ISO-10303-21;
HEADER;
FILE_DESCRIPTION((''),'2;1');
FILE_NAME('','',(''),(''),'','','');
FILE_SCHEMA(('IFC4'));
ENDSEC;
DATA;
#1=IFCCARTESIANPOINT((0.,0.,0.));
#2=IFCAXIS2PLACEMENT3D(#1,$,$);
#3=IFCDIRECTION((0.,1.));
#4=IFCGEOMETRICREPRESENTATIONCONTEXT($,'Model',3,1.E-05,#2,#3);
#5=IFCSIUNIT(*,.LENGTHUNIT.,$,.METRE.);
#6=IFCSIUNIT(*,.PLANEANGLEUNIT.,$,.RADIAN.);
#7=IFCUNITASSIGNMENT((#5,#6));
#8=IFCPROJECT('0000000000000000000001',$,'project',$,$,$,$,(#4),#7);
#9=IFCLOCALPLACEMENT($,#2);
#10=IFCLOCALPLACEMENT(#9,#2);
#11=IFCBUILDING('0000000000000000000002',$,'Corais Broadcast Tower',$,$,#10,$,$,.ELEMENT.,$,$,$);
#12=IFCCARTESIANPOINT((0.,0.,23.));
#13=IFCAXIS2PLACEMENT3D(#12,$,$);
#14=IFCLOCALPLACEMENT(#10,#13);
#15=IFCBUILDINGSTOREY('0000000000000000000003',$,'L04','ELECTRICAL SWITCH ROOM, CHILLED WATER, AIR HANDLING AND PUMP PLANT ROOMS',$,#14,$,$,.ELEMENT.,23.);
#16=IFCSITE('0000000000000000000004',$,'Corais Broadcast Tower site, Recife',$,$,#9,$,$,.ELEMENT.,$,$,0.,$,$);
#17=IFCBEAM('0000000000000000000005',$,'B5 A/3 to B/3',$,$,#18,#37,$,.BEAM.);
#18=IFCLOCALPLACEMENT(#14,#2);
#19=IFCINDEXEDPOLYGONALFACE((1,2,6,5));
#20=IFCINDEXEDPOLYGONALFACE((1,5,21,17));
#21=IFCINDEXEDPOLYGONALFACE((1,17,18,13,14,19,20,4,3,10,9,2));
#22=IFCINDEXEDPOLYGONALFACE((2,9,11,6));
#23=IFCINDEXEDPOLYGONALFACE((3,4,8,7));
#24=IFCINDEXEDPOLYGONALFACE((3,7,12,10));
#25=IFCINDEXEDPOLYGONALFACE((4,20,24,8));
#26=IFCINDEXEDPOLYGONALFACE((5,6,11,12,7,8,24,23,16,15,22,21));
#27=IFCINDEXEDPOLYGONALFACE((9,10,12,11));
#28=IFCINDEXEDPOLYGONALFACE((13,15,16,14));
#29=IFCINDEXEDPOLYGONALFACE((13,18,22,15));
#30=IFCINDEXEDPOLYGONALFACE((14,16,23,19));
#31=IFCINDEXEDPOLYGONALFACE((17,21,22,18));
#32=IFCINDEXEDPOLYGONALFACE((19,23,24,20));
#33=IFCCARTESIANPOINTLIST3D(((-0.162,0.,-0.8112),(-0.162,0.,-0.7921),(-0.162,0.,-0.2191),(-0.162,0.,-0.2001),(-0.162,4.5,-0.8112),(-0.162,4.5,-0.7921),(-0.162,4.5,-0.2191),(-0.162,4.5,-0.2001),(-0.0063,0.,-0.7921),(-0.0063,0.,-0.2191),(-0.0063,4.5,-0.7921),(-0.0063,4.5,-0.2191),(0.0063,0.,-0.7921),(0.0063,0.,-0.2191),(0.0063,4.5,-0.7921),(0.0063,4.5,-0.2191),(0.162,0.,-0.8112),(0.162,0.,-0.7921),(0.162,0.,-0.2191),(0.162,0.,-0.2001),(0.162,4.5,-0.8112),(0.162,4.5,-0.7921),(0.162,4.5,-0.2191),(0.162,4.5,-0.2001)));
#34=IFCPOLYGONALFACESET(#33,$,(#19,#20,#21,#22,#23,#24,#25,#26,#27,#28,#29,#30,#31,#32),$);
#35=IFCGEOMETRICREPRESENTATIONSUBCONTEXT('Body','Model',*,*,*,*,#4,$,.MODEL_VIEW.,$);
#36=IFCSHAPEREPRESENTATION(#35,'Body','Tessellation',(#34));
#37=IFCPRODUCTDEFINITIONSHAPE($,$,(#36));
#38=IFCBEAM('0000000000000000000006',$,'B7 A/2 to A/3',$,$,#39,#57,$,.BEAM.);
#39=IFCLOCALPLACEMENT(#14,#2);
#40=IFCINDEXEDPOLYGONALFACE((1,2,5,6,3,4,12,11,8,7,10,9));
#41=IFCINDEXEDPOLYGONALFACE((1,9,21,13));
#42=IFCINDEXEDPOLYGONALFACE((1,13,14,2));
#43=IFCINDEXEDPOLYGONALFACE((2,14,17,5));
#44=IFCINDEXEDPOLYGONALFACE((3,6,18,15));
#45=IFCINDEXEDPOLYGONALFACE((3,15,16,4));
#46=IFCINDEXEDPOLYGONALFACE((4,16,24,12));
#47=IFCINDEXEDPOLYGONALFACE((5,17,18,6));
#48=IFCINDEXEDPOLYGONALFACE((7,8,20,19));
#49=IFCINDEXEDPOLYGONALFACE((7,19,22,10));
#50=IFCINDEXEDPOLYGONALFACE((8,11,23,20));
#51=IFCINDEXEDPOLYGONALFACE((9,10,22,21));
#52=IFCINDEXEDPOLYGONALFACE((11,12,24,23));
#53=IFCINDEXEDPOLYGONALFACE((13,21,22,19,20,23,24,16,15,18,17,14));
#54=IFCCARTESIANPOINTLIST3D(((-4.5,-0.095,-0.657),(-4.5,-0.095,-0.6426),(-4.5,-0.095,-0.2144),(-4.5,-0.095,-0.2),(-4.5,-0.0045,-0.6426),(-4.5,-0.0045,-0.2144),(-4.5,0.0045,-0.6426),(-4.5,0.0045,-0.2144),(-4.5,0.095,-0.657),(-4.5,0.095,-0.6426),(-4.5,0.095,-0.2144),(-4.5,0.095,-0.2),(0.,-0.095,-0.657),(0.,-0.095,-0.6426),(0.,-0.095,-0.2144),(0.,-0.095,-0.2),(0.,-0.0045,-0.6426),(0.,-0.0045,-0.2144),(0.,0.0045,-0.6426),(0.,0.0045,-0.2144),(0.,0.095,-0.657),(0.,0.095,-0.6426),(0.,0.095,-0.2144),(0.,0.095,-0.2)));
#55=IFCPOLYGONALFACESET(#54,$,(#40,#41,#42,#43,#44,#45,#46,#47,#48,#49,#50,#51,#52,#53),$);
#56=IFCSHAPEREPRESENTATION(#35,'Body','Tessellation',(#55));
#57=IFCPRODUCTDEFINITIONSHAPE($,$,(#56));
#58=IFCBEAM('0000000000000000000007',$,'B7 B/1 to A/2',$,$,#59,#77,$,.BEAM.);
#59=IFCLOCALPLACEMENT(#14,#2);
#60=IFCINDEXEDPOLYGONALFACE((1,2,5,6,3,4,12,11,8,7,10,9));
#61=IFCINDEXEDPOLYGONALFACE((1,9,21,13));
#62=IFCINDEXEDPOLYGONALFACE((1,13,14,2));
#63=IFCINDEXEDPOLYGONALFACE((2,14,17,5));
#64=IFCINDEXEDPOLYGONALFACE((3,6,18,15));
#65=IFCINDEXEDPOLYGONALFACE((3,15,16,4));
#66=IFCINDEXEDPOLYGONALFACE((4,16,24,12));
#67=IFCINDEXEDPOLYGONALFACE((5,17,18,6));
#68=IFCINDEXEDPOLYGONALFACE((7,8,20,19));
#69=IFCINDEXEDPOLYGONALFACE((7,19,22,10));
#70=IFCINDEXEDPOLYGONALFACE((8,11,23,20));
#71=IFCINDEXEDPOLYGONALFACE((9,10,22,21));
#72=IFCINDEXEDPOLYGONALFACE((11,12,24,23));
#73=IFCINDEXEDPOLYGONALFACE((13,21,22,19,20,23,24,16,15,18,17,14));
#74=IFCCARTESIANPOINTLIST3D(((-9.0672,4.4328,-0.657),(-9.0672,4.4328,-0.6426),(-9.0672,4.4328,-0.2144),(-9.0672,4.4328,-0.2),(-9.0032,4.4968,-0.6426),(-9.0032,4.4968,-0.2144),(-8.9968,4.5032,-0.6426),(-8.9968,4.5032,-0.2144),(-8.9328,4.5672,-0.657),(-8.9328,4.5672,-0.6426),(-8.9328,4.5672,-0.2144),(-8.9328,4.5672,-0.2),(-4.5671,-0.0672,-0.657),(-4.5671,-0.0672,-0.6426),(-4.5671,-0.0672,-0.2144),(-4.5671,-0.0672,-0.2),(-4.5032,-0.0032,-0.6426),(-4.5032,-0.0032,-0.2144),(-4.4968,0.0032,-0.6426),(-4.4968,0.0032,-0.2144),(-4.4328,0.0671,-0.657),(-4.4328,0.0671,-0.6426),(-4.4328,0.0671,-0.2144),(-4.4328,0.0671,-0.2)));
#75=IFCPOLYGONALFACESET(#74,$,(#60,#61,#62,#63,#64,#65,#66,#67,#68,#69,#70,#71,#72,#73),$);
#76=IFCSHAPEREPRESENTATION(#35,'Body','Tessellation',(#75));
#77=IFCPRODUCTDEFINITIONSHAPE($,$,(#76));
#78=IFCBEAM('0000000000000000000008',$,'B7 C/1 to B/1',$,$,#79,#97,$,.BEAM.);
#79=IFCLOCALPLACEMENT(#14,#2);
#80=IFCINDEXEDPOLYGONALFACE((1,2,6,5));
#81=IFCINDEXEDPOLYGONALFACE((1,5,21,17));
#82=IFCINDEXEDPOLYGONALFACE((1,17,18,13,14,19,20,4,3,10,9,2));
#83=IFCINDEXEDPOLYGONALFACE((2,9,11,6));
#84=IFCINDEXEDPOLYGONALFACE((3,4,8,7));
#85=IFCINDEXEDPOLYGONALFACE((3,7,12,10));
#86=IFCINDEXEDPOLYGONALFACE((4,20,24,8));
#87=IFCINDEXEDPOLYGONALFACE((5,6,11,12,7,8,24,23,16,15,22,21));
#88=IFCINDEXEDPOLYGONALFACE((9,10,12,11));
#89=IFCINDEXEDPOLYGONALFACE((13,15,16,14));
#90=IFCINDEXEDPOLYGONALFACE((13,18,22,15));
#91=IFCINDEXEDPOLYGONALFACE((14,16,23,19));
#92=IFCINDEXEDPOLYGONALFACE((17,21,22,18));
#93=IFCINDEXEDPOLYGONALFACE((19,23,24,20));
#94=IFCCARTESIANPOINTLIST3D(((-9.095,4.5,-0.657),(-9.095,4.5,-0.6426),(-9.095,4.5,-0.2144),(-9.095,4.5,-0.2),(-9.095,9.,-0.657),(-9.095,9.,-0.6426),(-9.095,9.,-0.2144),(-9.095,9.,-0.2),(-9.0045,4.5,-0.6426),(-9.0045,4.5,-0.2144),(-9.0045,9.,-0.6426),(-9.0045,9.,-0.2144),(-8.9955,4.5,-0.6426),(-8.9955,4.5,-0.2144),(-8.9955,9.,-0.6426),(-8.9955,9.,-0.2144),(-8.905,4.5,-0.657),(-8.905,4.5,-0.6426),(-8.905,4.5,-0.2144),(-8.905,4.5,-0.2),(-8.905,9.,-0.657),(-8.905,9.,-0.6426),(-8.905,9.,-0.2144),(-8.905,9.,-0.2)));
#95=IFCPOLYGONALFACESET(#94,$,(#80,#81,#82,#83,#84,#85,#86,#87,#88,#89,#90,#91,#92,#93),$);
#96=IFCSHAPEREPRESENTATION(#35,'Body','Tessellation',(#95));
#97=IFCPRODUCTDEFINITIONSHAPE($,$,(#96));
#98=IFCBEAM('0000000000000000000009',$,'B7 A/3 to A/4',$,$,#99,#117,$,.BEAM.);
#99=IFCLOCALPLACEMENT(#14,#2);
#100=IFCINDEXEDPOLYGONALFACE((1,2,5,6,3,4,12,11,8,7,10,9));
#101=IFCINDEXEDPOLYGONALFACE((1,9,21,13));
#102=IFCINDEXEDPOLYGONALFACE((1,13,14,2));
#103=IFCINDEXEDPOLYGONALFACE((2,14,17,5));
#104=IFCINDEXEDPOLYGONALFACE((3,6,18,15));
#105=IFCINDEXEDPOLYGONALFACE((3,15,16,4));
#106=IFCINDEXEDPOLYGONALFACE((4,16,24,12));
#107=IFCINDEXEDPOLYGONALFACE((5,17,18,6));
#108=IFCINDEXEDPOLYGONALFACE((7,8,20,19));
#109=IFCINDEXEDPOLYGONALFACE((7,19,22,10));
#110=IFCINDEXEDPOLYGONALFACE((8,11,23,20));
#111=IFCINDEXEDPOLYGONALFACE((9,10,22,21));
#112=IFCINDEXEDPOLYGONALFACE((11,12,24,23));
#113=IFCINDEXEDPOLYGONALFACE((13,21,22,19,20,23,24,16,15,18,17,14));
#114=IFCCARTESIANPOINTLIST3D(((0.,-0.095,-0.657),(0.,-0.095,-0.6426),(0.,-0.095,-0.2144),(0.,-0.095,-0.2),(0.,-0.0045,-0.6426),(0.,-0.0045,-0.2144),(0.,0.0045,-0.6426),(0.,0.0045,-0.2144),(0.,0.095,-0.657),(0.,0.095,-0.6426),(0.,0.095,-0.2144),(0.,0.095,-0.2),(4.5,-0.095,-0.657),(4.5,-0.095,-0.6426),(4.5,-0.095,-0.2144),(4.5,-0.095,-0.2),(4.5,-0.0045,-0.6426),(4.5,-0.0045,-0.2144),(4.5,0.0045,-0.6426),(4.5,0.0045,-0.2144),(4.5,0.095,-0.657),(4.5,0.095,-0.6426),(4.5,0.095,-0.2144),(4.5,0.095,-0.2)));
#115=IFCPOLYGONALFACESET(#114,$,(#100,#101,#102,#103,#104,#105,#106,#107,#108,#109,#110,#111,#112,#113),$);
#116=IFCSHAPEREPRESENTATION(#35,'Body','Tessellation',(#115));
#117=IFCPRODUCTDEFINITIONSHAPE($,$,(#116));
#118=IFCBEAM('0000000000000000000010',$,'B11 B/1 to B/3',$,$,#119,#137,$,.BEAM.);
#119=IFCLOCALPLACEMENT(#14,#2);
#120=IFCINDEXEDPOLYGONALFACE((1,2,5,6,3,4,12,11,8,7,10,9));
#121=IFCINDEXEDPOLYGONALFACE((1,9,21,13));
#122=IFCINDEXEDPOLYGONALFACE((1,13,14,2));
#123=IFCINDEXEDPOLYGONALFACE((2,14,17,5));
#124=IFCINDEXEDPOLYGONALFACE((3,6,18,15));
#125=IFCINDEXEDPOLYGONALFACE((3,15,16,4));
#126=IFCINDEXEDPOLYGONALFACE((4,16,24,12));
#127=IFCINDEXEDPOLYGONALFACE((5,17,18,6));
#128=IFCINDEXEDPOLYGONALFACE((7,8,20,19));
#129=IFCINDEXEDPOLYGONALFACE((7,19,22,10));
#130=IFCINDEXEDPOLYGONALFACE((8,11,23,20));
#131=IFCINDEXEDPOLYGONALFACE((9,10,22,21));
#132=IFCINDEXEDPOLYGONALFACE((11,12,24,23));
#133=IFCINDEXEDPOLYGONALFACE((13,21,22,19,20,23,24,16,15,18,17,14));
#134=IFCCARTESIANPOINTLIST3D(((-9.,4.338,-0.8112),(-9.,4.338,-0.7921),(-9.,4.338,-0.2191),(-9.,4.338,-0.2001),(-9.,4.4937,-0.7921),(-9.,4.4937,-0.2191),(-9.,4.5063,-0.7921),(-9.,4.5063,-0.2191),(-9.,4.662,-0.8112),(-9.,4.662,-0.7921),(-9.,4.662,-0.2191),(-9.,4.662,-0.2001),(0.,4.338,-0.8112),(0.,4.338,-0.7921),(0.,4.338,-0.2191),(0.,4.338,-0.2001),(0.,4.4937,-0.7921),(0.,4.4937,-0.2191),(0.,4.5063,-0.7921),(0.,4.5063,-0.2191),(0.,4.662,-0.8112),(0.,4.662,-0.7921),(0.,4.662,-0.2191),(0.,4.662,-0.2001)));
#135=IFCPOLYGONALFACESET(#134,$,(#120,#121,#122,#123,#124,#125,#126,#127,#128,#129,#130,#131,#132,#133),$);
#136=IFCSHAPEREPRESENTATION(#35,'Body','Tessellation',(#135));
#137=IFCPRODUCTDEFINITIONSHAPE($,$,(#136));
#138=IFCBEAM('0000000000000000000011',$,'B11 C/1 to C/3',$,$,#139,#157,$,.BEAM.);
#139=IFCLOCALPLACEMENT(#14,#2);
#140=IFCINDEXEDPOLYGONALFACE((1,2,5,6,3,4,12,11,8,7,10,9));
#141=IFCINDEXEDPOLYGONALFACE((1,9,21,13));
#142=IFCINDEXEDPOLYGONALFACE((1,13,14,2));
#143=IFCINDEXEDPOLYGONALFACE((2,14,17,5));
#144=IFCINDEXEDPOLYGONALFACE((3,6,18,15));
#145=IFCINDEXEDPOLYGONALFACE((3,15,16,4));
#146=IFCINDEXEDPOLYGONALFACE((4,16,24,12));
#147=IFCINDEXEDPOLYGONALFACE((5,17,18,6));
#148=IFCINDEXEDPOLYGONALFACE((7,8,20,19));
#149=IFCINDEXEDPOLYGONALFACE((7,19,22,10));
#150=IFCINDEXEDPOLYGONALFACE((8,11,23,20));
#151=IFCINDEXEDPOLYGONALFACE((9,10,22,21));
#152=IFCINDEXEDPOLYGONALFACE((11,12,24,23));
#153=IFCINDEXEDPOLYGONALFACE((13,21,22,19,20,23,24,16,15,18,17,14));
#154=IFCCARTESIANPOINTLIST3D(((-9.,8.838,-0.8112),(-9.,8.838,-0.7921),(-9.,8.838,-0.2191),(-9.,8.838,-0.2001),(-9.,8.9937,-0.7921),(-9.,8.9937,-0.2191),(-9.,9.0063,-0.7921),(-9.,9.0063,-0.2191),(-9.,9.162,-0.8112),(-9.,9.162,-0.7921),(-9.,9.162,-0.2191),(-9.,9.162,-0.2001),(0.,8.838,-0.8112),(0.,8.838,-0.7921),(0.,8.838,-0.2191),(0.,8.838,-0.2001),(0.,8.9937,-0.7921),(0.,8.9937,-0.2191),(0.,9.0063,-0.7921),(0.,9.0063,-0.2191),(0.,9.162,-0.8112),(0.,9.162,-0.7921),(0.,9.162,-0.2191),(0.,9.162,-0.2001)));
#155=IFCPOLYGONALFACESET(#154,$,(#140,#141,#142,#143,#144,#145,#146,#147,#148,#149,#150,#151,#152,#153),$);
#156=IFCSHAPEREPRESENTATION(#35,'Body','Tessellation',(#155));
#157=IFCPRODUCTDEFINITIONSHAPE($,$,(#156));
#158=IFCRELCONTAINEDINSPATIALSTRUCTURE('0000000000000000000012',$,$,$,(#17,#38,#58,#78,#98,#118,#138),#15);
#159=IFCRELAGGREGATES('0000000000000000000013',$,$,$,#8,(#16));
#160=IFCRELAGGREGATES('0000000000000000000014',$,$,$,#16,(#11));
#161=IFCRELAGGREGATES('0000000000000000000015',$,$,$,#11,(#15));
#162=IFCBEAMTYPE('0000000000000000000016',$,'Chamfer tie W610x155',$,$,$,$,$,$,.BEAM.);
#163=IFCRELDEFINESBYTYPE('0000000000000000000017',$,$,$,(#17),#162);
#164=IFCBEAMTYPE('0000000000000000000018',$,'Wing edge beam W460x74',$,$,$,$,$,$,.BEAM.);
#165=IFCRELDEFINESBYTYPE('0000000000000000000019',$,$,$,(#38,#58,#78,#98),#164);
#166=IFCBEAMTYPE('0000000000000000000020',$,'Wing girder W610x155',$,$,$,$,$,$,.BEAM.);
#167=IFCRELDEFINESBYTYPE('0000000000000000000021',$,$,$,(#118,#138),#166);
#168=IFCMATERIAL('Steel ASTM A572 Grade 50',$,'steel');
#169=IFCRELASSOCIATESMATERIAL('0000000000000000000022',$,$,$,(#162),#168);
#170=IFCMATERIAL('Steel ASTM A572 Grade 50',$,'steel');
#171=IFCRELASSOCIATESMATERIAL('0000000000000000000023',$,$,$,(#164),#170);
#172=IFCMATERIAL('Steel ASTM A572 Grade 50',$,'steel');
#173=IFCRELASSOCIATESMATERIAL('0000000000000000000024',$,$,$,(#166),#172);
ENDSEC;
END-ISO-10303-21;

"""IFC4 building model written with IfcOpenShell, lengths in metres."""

from ifc_helpers import new_model, si_unit, direction, frame, origin, origin_2d, place, context, subcontext, project, spatial, i_section, extrude, material, material_profile, profile_set, type_object, element, save


model = new_model("IFC4")

# Units and contexts
model_context = context("Model", 3, precision=1e-05, world=origin(), true_north=direction((0.0, 1.0)))
body_context = subcontext(model_context, "Body", "Model", "MODEL_VIEW")
ifc_project = project(units=[si_unit("LENGTHUNIT", "METRE"), si_unit("PLANEANGLEUNIT", "RADIAN")], contexts=[model_context])

# Site, building, storey
site_placement = place(None, origin())
site = spatial("IfcSite", under=ifc_project, at=site_placement, Name="Corais Broadcast Tower site, Recife", CompositionType="ELEMENT", RefElevation=0.0)
building_placement = place(site_placement, origin())
building = spatial("IfcBuilding", under=site, at=building_placement, Name="Corais Broadcast Tower", CompositionType="ELEMENT")
storey_placement = place(building_placement, frame((0.0, 0.0, 23.0)))
storey = spatial("IfcBuildingStorey", under=building, at=storey_placement, Name="L04", Description="ELECTRICAL SWITCH ROOM, CHILLED WATER, AIR HANDLING AND PUMP PLANT ROOMS", CompositionType="ELEMENT", Elevation=23.0)

# Beams
ifc_material_1 = material(Name="Steel ASTM A572 Grade 50", Category="steel")
ifc_material_profile_1 = material_profile(ifc_material_1, i_section(OverallWidth=0.324, OverallDepth=0.6111, WebThickness=0.0127, FlangeThickness=0.019, at=origin_2d()), Name="W610x155")
ifc_profile_set_1 = profile_set([ifc_material_profile_1], Name="Steel ASTM A572 Grade 50")
beam_type_1 = type_object("IfcBeamType", Name="Chamfer tie W610x155", PredefinedType="BEAM", material=ifc_profile_set_1)
beam_1_placement = place(storey_placement, frame((0.0, 0.0, -0.5056), z_axis=(0.0, 1.0, 0.0), x_axis=(-1.0, 0.0, 0.0)))
element("IfcBeam", 1, at=beam_1_placement, inside=storey, type_object=beam_type_1, Name="B5 A/3 to B/3", PredefinedType="BEAM", context=body_context, shape_type="SweptSolid", body=[
    extrude(i_section(OverallWidth=0.324, OverallDepth=0.6111, WebThickness=0.0127, FlangeThickness=0.019, at=origin_2d()), origin(), (0.0, 0.0, 1.0), 4.5),
])
ifc_material_2 = material(Name="Steel ASTM A572 Grade 50", Category="steel")
ifc_material_profile_2 = material_profile(ifc_material_2, i_section(OverallWidth=0.1899, OverallDepth=0.457, WebThickness=0.009, FlangeThickness=0.0144, at=origin_2d()), Name="W460x74")
ifc_profile_set_2 = profile_set([ifc_material_profile_2], Name="Steel ASTM A572 Grade 50")
beam_type_2 = type_object("IfcBeamType", Name="Wing edge beam W460x74", PredefinedType="BEAM", material=ifc_profile_set_2)
beam_2_placement = place(storey_placement, frame((-4.5, 0.0, -0.4285), z_axis=(1.0, 0.0, 0.0), x_axis=(0.0, 1.0, 0.0)))
element("IfcBeam", 2, at=beam_2_placement, inside=storey, type_object=beam_type_2, Name="B7 A/2 to A/3", PredefinedType="BEAM", context=body_context, shape_type="SweptSolid", body=[
    extrude(i_section(OverallWidth=0.1899, OverallDepth=0.457, WebThickness=0.009, FlangeThickness=0.0144, at=origin_2d()), origin(), (0.0, 0.0, 1.0), 4.5),
])
beam_3_placement = place(storey_placement, frame((-9.0, 4.5, -0.4285), z_axis=(0.707107, -0.707107, 0.0), x_axis=(0.707107, 0.707107, 0.0)))
element("IfcBeam", 3, at=beam_3_placement, inside=storey, type_object=beam_type_2, Name="B7 B/1 to A/2", PredefinedType="BEAM", context=body_context, shape_type="SweptSolid", body=[
    extrude(i_section(OverallWidth=0.1899, OverallDepth=0.457, WebThickness=0.009, FlangeThickness=0.0144, at=origin_2d()), origin(), (0.0, 0.0, 1.0), 6.364),
])
for number, where, z_axis, x_axis, name in (
    (4, (-9.0, 9.0, -0.4285), (0.0, -1.0, 0.0), (1.0, 0.0, 0.0), "B7 C/1 to B/1"),
    (5, (0.0, 0.0, -0.4285), (1.0, 0.0, 0.0), (0.0, 1.0, 0.0), "B7 A/3 to A/4"),
):
    element("IfcBeam", number, at=place(storey_placement, frame(where, z_axis=z_axis, x_axis=x_axis)), inside=storey, type_object=beam_type_2, Name=name, PredefinedType="BEAM", context=body_context, shape_type="SweptSolid", body=[
        extrude(i_section(OverallWidth=0.1899, OverallDepth=0.457, WebThickness=0.009, FlangeThickness=0.0144, at=origin_2d()), origin(), (0.0, 0.0, 1.0), 4.5),
    ])
ifc_material_3 = material(Name="Steel ASTM A572 Grade 50", Category="steel")
ifc_material_profile_3 = material_profile(ifc_material_3, i_section(OverallWidth=0.324, OverallDepth=0.6111, WebThickness=0.0127, FlangeThickness=0.019, at=origin_2d()), Name="W610x155")
ifc_profile_set_3 = profile_set([ifc_material_profile_3], Name="Steel ASTM A572 Grade 50")
beam_type_3 = type_object("IfcBeamType", Name="Wing girder W610x155", PredefinedType="BEAM", material=ifc_profile_set_3)
for number, where, z_axis, x_axis, name in (
    (6, (-9.0, 4.5, -0.5056), (1.0, 0.0, 0.0), (0.0, 1.0, 0.0), "B11 B/1 to B/3"),
    (7, (-9.0, 9.0, -0.5056), (1.0, 0.0, 0.0), (0.0, 1.0, 0.0), "B11 C/1 to C/3"),
):
    element("IfcBeam", number, at=place(storey_placement, frame(where, z_axis=z_axis, x_axis=x_axis)), inside=storey, type_object=beam_type_3, Name=name, PredefinedType="BEAM", context=body_context, shape_type="SweptSolid", body=[
        extrude(i_section(OverallWidth=0.324, OverallDepth=0.6111, WebThickness=0.0127, FlangeThickness=0.019, at=origin_2d()), origin(), (0.0, 0.0, 1.0), 9.0),
    ])

save(model, "model.ifc")
